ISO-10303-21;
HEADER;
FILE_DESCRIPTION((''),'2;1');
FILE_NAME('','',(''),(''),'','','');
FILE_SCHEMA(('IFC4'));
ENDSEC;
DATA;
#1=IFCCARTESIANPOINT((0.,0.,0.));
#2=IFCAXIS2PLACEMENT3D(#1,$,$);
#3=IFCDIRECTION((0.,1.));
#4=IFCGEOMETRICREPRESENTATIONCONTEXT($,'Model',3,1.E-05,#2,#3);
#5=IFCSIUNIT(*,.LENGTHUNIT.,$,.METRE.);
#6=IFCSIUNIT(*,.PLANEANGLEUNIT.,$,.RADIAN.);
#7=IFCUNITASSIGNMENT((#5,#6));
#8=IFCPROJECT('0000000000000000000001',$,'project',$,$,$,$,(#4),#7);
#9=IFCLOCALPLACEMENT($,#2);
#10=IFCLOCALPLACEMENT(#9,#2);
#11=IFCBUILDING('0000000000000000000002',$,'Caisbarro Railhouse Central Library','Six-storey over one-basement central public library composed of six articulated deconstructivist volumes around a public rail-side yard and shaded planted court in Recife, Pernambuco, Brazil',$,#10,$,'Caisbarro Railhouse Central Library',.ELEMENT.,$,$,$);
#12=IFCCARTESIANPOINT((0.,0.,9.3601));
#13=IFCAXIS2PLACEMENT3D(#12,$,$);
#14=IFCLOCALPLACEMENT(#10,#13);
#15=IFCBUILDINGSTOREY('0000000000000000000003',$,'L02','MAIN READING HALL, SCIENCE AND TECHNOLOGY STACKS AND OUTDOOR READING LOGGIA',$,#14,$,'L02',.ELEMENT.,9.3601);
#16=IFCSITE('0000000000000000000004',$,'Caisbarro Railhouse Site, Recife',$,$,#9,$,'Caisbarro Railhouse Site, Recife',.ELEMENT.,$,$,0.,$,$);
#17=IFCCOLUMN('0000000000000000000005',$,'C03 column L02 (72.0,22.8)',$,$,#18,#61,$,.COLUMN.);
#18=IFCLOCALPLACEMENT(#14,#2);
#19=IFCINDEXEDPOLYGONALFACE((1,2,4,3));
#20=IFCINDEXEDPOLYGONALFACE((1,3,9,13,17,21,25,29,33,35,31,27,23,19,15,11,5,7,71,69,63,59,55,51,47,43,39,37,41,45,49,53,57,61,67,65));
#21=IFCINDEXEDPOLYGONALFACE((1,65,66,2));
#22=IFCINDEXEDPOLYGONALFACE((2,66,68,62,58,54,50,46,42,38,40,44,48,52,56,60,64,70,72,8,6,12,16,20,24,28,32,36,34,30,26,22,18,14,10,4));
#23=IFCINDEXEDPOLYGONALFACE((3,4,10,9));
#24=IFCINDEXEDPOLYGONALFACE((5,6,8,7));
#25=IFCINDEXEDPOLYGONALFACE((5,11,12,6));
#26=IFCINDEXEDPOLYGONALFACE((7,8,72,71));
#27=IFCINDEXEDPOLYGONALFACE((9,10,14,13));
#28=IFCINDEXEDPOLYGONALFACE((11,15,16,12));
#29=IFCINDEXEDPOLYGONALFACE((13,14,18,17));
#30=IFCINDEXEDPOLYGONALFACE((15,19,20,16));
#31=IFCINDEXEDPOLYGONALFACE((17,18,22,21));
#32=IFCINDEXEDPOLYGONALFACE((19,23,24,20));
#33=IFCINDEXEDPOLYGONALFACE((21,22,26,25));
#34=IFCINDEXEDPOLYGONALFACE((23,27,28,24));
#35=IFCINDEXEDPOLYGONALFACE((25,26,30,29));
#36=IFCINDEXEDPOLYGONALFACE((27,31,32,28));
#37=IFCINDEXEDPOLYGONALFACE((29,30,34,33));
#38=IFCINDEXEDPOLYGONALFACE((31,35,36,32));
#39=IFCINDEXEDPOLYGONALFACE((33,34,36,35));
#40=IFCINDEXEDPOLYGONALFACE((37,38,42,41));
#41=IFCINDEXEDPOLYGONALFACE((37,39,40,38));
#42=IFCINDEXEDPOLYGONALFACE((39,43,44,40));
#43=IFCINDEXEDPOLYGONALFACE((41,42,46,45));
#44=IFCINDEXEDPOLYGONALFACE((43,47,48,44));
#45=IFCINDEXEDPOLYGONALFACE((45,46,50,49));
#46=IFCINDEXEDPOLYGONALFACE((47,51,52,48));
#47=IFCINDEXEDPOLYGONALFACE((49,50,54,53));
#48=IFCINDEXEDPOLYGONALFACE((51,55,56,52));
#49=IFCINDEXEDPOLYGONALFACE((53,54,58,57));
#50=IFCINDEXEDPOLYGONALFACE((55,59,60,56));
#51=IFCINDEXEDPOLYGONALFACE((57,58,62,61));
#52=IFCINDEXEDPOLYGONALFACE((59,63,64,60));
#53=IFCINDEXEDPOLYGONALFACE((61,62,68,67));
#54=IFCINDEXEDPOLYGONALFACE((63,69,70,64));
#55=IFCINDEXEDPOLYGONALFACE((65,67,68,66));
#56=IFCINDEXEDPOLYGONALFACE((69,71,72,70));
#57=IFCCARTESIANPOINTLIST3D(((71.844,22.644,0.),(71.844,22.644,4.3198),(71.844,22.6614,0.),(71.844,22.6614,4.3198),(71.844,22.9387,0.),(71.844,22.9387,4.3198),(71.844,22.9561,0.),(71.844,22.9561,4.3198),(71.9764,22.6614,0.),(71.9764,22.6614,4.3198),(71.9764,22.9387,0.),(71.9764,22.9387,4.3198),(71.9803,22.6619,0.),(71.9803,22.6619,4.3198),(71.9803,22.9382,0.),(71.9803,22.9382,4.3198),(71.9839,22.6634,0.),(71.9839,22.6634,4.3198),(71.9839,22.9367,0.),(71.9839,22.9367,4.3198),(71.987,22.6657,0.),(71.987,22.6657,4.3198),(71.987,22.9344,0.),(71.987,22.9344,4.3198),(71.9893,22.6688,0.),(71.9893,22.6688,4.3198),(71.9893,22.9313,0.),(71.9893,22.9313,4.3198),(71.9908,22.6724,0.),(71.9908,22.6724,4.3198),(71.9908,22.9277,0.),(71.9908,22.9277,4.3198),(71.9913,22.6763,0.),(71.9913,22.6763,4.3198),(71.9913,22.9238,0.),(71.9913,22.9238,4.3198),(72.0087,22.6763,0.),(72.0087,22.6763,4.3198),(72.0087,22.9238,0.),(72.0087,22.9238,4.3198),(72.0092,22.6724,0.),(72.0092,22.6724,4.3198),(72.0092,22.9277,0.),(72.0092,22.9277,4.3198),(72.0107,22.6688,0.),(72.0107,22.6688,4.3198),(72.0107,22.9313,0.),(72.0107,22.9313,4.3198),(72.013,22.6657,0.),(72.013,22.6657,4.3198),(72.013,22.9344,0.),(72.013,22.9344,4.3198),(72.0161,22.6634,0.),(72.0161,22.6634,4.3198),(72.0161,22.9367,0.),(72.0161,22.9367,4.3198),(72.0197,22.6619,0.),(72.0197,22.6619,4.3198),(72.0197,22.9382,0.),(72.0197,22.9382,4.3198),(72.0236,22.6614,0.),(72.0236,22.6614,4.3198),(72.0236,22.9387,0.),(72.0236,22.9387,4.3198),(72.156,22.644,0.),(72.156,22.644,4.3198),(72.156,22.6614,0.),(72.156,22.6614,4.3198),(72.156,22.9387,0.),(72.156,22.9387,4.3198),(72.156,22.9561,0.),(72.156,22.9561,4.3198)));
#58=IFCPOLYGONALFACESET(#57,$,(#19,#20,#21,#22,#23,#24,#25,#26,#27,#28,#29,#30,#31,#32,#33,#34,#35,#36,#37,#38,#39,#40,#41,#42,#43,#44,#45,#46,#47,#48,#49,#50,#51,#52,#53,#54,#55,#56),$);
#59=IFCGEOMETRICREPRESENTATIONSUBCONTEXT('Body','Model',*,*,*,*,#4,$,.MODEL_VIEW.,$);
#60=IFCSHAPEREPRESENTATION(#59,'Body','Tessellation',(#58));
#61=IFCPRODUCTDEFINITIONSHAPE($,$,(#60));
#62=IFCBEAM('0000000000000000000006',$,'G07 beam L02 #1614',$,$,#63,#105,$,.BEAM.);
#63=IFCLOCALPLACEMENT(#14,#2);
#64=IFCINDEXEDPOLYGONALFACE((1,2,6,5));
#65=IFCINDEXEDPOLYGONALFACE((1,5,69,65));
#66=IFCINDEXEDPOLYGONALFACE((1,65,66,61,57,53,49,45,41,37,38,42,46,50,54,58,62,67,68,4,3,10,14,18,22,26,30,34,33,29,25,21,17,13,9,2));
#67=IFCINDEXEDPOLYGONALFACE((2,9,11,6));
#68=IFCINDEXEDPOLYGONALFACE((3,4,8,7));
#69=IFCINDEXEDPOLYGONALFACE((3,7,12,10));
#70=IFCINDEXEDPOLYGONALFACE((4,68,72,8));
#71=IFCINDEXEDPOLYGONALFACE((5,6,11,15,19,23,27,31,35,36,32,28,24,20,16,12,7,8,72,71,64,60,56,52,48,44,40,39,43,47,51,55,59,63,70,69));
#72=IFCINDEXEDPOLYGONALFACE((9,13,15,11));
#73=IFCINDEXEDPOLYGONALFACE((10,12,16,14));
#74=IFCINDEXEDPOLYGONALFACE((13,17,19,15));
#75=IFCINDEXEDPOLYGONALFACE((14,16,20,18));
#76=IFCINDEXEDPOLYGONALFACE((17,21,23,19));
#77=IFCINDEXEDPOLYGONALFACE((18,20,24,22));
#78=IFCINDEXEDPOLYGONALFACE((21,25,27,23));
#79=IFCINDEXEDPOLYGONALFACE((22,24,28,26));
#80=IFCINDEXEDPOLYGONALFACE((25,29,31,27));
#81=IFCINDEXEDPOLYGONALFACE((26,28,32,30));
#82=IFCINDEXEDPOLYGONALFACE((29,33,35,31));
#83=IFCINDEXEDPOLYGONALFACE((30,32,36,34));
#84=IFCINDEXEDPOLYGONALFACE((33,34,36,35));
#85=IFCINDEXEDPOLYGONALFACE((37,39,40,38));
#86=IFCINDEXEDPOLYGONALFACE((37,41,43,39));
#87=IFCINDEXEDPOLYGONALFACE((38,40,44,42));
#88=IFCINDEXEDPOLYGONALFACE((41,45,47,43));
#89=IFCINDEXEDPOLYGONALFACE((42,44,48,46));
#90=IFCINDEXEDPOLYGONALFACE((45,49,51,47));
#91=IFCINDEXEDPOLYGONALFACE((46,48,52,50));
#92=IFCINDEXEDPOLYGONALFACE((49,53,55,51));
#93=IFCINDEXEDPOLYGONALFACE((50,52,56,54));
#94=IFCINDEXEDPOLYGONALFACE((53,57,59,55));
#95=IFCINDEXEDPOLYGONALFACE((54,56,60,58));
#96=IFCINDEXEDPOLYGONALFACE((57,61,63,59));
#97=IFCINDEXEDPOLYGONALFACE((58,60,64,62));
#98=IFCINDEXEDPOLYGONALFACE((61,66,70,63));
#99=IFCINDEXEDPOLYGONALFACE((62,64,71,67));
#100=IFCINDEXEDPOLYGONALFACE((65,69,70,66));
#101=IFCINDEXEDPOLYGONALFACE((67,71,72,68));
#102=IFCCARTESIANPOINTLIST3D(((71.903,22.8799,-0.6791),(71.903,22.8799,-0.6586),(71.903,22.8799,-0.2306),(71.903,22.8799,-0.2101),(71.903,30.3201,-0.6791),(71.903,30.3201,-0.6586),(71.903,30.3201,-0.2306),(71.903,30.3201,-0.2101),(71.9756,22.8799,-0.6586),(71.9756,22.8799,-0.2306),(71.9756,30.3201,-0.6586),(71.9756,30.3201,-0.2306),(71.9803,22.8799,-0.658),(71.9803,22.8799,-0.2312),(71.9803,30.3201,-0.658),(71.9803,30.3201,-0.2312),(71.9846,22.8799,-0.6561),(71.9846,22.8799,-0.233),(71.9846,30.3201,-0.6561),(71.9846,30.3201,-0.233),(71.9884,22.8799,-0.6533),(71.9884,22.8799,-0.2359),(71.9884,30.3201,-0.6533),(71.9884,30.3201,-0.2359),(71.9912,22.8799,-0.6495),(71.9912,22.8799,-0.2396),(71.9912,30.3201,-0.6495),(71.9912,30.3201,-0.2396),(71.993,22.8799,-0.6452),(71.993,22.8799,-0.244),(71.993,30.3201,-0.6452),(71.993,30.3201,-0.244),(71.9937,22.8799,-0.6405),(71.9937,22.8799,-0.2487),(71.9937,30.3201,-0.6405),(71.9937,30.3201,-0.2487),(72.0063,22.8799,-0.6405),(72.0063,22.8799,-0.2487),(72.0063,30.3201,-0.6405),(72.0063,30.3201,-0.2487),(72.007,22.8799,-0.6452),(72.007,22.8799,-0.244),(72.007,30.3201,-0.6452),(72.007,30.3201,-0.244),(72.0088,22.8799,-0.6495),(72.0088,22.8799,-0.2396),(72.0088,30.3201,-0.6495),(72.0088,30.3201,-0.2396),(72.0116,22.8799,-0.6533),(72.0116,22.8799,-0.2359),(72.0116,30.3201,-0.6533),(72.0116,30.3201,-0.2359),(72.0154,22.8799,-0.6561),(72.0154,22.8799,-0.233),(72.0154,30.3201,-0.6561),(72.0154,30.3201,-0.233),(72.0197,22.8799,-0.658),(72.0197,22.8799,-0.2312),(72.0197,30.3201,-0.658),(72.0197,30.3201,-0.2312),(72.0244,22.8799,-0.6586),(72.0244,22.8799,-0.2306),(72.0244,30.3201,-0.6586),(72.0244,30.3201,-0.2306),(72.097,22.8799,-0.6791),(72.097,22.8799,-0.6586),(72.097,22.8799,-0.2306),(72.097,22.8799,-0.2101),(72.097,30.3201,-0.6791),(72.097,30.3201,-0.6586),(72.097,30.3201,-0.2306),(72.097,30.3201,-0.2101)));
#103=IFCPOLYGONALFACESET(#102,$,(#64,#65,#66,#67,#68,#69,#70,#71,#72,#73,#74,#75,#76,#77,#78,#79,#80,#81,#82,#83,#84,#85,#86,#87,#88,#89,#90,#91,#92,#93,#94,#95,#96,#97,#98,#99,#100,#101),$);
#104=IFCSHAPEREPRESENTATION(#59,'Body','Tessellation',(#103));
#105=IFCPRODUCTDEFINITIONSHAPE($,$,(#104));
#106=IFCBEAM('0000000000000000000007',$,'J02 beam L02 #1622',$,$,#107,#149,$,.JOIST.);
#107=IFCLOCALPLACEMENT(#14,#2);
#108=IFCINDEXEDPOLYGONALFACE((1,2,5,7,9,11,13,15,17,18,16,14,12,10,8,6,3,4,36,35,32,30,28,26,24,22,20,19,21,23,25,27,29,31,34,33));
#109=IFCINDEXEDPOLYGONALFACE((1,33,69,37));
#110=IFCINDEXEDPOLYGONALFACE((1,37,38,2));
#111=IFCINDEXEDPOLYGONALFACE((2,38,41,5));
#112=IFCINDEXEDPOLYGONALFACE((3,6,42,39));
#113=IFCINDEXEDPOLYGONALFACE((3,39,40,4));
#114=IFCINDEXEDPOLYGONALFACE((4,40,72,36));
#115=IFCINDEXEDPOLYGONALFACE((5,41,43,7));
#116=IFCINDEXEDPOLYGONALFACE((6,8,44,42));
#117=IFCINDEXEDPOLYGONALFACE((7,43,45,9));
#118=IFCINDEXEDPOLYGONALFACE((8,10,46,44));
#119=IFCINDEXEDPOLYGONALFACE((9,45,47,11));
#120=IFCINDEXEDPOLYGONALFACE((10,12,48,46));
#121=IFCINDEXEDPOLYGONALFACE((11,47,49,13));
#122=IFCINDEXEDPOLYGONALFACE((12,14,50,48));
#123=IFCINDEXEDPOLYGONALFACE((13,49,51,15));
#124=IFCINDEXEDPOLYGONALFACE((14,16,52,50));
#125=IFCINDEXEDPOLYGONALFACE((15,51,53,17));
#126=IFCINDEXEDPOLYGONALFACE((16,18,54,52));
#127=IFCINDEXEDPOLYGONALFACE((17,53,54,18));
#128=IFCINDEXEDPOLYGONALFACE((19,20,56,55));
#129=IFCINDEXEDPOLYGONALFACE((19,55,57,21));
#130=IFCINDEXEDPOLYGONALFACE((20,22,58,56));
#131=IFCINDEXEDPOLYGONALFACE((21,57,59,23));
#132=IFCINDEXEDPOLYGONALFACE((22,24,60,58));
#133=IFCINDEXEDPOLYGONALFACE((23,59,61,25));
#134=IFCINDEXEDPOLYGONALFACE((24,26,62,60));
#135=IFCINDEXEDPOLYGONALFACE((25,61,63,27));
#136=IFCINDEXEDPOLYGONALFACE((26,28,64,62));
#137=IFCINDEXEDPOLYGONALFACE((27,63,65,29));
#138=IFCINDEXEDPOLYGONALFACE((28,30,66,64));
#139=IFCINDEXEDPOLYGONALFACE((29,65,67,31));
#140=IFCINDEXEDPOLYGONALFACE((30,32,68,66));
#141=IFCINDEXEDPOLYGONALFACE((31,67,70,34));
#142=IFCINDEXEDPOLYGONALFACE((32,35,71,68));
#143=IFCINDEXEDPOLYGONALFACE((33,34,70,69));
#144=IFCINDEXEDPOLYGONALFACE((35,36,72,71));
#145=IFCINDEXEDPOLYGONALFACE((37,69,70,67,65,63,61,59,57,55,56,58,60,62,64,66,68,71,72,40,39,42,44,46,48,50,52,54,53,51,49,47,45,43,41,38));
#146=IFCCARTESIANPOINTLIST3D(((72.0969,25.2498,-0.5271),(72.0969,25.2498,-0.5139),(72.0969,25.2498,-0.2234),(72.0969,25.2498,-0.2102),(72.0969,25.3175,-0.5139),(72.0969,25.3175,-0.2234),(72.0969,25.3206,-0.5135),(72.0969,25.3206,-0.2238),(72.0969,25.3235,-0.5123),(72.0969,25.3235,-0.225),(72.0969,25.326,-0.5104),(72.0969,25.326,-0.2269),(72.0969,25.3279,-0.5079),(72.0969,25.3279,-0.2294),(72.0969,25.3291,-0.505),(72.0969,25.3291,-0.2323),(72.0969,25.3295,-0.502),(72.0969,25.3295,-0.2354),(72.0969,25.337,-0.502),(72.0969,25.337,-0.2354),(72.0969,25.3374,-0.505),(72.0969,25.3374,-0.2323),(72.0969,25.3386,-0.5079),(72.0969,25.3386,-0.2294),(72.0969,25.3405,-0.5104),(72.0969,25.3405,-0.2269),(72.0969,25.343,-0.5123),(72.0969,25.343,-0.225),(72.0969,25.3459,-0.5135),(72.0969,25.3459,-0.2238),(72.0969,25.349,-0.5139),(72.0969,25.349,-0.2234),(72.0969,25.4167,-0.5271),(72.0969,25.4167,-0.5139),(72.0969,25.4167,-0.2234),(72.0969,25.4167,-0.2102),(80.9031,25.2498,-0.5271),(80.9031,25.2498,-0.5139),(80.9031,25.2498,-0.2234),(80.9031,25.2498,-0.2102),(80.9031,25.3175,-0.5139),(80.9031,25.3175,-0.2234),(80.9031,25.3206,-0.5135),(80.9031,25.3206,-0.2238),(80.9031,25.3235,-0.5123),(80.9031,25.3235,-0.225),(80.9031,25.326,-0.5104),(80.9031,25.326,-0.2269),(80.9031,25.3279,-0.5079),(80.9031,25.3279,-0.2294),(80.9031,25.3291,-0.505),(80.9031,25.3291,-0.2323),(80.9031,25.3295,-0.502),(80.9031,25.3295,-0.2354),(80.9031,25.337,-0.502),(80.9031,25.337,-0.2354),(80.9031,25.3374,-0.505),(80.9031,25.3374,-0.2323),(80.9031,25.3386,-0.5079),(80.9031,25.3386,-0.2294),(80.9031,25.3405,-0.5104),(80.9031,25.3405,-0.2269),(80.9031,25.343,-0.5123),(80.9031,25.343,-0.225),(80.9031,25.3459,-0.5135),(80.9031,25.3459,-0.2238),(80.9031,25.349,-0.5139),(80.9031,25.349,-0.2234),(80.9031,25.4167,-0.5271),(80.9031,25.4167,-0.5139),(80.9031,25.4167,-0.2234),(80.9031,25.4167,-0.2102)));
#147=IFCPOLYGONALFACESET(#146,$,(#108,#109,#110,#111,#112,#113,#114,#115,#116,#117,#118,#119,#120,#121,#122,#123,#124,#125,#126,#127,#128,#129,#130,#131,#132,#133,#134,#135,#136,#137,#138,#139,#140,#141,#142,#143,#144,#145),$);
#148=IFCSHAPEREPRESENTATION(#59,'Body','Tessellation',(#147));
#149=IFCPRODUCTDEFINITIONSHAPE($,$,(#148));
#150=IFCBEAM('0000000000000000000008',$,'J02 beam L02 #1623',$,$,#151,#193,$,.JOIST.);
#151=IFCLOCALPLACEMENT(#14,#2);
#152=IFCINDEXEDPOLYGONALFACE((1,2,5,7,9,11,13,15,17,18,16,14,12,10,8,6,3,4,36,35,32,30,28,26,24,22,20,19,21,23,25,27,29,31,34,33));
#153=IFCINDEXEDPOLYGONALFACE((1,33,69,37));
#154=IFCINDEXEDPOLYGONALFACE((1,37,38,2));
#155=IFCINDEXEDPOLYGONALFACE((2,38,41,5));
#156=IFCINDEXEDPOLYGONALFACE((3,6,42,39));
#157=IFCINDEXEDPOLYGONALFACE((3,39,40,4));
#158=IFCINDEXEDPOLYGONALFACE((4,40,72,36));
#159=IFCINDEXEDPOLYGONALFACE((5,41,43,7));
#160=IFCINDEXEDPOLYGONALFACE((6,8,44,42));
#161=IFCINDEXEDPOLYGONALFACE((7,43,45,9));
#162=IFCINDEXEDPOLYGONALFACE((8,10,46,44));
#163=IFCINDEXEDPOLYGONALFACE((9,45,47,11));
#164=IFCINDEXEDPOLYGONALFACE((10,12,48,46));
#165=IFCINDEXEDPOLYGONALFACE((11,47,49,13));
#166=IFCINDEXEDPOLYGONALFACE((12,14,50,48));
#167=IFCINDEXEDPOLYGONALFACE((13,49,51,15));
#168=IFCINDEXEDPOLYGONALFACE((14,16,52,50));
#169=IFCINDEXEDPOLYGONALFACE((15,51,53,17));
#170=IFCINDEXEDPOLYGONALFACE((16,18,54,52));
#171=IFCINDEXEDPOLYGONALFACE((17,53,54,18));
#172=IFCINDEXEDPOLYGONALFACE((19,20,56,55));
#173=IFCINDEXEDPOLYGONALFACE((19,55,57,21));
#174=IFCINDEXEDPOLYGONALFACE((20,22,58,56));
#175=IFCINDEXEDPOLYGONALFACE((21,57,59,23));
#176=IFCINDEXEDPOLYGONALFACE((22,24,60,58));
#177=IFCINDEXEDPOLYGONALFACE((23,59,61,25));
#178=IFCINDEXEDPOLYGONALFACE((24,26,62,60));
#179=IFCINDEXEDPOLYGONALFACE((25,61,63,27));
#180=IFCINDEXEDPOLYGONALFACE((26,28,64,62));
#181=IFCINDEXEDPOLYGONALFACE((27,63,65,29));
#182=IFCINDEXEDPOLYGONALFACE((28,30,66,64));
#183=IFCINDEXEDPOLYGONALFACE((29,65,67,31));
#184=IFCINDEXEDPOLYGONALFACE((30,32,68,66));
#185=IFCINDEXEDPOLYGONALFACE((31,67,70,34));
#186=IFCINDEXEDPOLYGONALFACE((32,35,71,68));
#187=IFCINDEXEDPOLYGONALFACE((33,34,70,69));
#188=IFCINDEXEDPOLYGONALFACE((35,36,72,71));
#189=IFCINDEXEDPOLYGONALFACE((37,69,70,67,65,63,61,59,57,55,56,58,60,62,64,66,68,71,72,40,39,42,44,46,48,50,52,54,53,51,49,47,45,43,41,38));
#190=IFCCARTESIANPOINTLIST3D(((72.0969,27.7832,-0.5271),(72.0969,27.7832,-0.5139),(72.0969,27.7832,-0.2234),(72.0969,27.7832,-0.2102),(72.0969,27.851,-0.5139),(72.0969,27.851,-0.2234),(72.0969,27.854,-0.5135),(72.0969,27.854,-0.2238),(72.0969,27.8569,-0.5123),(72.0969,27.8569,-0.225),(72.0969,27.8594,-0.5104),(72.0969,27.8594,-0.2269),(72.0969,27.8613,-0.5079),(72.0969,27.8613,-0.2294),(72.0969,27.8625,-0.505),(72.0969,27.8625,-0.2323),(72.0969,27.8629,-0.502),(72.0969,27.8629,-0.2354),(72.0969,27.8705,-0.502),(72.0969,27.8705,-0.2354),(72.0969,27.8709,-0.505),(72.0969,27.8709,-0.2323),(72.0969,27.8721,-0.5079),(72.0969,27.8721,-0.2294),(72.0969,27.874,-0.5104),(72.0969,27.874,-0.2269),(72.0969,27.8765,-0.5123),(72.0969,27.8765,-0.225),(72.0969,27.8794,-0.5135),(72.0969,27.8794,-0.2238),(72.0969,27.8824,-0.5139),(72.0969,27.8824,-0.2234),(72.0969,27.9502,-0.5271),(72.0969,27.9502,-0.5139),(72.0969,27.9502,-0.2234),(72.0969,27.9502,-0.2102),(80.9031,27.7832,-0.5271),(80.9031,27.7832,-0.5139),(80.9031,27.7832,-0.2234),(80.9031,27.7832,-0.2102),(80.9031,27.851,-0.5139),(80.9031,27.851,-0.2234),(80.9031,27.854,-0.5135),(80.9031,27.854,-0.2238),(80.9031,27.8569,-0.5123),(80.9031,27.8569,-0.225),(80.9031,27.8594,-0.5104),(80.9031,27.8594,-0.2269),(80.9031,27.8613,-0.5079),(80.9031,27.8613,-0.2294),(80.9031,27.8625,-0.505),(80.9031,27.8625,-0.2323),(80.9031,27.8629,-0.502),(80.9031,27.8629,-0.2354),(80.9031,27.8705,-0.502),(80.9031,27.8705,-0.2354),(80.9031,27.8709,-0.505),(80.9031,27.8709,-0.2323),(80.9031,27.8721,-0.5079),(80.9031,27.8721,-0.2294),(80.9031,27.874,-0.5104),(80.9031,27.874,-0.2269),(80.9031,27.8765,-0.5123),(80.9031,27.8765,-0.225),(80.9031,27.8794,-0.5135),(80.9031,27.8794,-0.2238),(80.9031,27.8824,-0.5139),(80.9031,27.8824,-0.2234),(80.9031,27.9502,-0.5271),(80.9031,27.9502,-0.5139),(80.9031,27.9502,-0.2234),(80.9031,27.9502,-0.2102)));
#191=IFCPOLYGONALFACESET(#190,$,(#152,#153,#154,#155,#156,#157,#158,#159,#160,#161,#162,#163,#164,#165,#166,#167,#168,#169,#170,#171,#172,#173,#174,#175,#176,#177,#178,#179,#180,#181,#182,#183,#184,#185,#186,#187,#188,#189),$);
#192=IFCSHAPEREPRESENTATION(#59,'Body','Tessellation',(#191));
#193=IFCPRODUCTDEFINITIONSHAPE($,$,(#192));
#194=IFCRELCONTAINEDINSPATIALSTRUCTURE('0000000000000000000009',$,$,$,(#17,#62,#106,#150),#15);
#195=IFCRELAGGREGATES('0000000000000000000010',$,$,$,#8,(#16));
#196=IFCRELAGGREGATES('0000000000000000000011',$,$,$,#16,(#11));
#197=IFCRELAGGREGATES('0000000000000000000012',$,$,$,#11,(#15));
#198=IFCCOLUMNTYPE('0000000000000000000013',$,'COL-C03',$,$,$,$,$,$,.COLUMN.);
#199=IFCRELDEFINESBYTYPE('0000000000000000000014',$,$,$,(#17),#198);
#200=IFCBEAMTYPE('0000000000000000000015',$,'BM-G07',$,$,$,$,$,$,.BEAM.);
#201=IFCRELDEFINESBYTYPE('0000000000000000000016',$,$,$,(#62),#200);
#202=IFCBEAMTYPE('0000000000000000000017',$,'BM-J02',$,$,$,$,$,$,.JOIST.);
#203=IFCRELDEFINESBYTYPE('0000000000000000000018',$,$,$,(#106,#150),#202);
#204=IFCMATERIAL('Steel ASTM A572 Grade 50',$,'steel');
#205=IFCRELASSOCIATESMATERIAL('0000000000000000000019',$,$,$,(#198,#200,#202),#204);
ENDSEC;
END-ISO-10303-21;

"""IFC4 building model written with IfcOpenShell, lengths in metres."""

from ifc_helpers import new_model, si_unit, direction, frame, origin, origin_2d, place, context, subcontext, project, spatial, i_section, extrude, material, material_profile, profile_set, type_object, element, save


model = new_model("IFC4")

# Units and contexts
model_context = context("Model", 3, precision=1e-05, world=origin(), true_north=direction((0.0, 1.0)))
body_context = subcontext(model_context, "Body", "Model", "MODEL_VIEW")
ifc_project = project(units=[si_unit("LENGTHUNIT", "METRE"), si_unit("PLANEANGLEUNIT", "RADIAN")], contexts=[model_context])

# Site, building, storey
site_placement = place(None, origin())
site = spatial("IfcSite", under=ifc_project, at=site_placement, Name="Caisbarro Railhouse Site, Recife", LongName="Caisbarro Railhouse Site, Recife", CompositionType="ELEMENT", RefElevation=0.0)
building_placement = place(site_placement, origin())
building = spatial("IfcBuilding", under=site, at=building_placement, Name="Caisbarro Railhouse Central Library", Description="Six-storey over one-basement central public library composed of six articulated deconstructivist volumes around a public rail-side yard and shaded planted court in Recife, Pernambuco, Brazil", LongName="Caisbarro Railhouse Central Library", CompositionType="ELEMENT")
storey_placement = place(building_placement, frame((0.0, 0.0, 9.3601)))
storey = spatial("IfcBuildingStorey", under=building, at=storey_placement, Name="L02", Description="MAIN READING HALL, SCIENCE AND TECHNOLOGY STACKS AND OUTDOOR READING LOGGIA", LongName="L02", CompositionType="ELEMENT", Elevation=9.3601)

# Column
ifc_material_1 = material(Name="Steel ASTM A572 Grade 50", Category="steel")
ifc_material_profile_1 = material_profile(ifc_material_1, i_section(OverallWidth=0.312, OverallDepth=0.312, WebThickness=0.0173, FlangeThickness=0.0173, FilletRadius=0.0149, at=origin_2d()), Name="HP310X125.0")
ifc_profile_set_1 = profile_set([ifc_material_profile_1], Name="Steel ASTM A572 Grade 50")
column_type = type_object("IfcColumnType", Name="COL-C03", PredefinedType="COLUMN", material=ifc_profile_set_1)
column_placement = place(storey_placement, frame((72.0, 22.8, 0.0), z_axis=(0.0, 0.0, 1.0), x_axis=(1.0, 0.0, 0.0)))
element("IfcColumn", 1, at=column_placement, inside=storey, type_object=column_type, Name="C03 column L02 (72.0,22.8)", PredefinedType="COLUMN", context=body_context, shape_type="SweptSolid", body=[
    extrude(i_section(OverallWidth=0.312, OverallDepth=0.312, WebThickness=0.0173, FlangeThickness=0.0173, FilletRadius=0.0149, at=origin_2d()), origin(), (0.0, 0.0, 1.0), 4.3198),
])

# Beams
ifc_material_profile_2 = material_profile(ifc_material_1, i_section(OverallWidth=0.1941, OverallDepth=0.469, WebThickness=0.0127, FlangeThickness=0.0205, FilletRadius=0.0181, at=origin_2d()), Name="W460X106.0")
ifc_profile_set_2 = profile_set([ifc_material_profile_2], Name="Steel ASTM A572 Grade 50")
beam_type_1 = type_object("IfcBeamType", Name="BM-G07", PredefinedType="BEAM", material=ifc_profile_set_2)
beam_1_placement = place(storey_placement, frame((72.0, 22.8799, -0.4446), z_axis=(0.0, 1.0, 0.0), x_axis=(-1.0, 0.0, 0.0)))
element("IfcBeam", 2, at=beam_1_placement, inside=storey, type_object=beam_type_1, Name="G07 beam L02 #1614", PredefinedType="BEAM", context=body_context, shape_type="SweptSolid", body=[
    extrude(i_section(OverallWidth=0.1941, OverallDepth=0.469, WebThickness=0.0127, FlangeThickness=0.0205, FilletRadius=0.0181, at=origin_2d()), origin(), (0.0, 0.0, 1.0), 7.4402),
])
ifc_material_profile_3 = material_profile(ifc_material_1, i_section(OverallWidth=0.167, OverallDepth=0.3169, WebThickness=0.0076, FlangeThickness=0.0132, FilletRadius=0.012, at=origin_2d()), Name="W310X52.0")
ifc_profile_set_3 = profile_set([ifc_material_profile_3], Name="Steel ASTM A572 Grade 50")
beam_type_2 = type_object("IfcBeamType", Name="BM-J02", PredefinedType="JOIST", material=ifc_profile_set_3)
for number, where, z_axis, x_axis, name in (
    (3, (72.0969, 25.3333, -0.3687), (1.0, 0.0, 0.0), (0.0, 1.0, 0.0), "J02 beam L02 #1622"),
    (4, (72.0969, 27.8667, -0.3687), (1.0, 0.0, 0.0), (0.0, 1.0, 0.0), "J02 beam L02 #1623"),
):
    element("IfcBeam", number, at=place(storey_placement, frame(where, z_axis=z_axis, x_axis=x_axis)), inside=storey, type_object=beam_type_2, Name=name, PredefinedType="JOIST", context=body_context, shape_type="SweptSolid", body=[
        extrude(i_section(OverallWidth=0.167, OverallDepth=0.3169, WebThickness=0.0076, FlangeThickness=0.0132, FilletRadius=0.012, at=origin_2d()), origin(), (0.0, 0.0, 1.0), 8.8062),
    ])

save(model, "model.ifc")
